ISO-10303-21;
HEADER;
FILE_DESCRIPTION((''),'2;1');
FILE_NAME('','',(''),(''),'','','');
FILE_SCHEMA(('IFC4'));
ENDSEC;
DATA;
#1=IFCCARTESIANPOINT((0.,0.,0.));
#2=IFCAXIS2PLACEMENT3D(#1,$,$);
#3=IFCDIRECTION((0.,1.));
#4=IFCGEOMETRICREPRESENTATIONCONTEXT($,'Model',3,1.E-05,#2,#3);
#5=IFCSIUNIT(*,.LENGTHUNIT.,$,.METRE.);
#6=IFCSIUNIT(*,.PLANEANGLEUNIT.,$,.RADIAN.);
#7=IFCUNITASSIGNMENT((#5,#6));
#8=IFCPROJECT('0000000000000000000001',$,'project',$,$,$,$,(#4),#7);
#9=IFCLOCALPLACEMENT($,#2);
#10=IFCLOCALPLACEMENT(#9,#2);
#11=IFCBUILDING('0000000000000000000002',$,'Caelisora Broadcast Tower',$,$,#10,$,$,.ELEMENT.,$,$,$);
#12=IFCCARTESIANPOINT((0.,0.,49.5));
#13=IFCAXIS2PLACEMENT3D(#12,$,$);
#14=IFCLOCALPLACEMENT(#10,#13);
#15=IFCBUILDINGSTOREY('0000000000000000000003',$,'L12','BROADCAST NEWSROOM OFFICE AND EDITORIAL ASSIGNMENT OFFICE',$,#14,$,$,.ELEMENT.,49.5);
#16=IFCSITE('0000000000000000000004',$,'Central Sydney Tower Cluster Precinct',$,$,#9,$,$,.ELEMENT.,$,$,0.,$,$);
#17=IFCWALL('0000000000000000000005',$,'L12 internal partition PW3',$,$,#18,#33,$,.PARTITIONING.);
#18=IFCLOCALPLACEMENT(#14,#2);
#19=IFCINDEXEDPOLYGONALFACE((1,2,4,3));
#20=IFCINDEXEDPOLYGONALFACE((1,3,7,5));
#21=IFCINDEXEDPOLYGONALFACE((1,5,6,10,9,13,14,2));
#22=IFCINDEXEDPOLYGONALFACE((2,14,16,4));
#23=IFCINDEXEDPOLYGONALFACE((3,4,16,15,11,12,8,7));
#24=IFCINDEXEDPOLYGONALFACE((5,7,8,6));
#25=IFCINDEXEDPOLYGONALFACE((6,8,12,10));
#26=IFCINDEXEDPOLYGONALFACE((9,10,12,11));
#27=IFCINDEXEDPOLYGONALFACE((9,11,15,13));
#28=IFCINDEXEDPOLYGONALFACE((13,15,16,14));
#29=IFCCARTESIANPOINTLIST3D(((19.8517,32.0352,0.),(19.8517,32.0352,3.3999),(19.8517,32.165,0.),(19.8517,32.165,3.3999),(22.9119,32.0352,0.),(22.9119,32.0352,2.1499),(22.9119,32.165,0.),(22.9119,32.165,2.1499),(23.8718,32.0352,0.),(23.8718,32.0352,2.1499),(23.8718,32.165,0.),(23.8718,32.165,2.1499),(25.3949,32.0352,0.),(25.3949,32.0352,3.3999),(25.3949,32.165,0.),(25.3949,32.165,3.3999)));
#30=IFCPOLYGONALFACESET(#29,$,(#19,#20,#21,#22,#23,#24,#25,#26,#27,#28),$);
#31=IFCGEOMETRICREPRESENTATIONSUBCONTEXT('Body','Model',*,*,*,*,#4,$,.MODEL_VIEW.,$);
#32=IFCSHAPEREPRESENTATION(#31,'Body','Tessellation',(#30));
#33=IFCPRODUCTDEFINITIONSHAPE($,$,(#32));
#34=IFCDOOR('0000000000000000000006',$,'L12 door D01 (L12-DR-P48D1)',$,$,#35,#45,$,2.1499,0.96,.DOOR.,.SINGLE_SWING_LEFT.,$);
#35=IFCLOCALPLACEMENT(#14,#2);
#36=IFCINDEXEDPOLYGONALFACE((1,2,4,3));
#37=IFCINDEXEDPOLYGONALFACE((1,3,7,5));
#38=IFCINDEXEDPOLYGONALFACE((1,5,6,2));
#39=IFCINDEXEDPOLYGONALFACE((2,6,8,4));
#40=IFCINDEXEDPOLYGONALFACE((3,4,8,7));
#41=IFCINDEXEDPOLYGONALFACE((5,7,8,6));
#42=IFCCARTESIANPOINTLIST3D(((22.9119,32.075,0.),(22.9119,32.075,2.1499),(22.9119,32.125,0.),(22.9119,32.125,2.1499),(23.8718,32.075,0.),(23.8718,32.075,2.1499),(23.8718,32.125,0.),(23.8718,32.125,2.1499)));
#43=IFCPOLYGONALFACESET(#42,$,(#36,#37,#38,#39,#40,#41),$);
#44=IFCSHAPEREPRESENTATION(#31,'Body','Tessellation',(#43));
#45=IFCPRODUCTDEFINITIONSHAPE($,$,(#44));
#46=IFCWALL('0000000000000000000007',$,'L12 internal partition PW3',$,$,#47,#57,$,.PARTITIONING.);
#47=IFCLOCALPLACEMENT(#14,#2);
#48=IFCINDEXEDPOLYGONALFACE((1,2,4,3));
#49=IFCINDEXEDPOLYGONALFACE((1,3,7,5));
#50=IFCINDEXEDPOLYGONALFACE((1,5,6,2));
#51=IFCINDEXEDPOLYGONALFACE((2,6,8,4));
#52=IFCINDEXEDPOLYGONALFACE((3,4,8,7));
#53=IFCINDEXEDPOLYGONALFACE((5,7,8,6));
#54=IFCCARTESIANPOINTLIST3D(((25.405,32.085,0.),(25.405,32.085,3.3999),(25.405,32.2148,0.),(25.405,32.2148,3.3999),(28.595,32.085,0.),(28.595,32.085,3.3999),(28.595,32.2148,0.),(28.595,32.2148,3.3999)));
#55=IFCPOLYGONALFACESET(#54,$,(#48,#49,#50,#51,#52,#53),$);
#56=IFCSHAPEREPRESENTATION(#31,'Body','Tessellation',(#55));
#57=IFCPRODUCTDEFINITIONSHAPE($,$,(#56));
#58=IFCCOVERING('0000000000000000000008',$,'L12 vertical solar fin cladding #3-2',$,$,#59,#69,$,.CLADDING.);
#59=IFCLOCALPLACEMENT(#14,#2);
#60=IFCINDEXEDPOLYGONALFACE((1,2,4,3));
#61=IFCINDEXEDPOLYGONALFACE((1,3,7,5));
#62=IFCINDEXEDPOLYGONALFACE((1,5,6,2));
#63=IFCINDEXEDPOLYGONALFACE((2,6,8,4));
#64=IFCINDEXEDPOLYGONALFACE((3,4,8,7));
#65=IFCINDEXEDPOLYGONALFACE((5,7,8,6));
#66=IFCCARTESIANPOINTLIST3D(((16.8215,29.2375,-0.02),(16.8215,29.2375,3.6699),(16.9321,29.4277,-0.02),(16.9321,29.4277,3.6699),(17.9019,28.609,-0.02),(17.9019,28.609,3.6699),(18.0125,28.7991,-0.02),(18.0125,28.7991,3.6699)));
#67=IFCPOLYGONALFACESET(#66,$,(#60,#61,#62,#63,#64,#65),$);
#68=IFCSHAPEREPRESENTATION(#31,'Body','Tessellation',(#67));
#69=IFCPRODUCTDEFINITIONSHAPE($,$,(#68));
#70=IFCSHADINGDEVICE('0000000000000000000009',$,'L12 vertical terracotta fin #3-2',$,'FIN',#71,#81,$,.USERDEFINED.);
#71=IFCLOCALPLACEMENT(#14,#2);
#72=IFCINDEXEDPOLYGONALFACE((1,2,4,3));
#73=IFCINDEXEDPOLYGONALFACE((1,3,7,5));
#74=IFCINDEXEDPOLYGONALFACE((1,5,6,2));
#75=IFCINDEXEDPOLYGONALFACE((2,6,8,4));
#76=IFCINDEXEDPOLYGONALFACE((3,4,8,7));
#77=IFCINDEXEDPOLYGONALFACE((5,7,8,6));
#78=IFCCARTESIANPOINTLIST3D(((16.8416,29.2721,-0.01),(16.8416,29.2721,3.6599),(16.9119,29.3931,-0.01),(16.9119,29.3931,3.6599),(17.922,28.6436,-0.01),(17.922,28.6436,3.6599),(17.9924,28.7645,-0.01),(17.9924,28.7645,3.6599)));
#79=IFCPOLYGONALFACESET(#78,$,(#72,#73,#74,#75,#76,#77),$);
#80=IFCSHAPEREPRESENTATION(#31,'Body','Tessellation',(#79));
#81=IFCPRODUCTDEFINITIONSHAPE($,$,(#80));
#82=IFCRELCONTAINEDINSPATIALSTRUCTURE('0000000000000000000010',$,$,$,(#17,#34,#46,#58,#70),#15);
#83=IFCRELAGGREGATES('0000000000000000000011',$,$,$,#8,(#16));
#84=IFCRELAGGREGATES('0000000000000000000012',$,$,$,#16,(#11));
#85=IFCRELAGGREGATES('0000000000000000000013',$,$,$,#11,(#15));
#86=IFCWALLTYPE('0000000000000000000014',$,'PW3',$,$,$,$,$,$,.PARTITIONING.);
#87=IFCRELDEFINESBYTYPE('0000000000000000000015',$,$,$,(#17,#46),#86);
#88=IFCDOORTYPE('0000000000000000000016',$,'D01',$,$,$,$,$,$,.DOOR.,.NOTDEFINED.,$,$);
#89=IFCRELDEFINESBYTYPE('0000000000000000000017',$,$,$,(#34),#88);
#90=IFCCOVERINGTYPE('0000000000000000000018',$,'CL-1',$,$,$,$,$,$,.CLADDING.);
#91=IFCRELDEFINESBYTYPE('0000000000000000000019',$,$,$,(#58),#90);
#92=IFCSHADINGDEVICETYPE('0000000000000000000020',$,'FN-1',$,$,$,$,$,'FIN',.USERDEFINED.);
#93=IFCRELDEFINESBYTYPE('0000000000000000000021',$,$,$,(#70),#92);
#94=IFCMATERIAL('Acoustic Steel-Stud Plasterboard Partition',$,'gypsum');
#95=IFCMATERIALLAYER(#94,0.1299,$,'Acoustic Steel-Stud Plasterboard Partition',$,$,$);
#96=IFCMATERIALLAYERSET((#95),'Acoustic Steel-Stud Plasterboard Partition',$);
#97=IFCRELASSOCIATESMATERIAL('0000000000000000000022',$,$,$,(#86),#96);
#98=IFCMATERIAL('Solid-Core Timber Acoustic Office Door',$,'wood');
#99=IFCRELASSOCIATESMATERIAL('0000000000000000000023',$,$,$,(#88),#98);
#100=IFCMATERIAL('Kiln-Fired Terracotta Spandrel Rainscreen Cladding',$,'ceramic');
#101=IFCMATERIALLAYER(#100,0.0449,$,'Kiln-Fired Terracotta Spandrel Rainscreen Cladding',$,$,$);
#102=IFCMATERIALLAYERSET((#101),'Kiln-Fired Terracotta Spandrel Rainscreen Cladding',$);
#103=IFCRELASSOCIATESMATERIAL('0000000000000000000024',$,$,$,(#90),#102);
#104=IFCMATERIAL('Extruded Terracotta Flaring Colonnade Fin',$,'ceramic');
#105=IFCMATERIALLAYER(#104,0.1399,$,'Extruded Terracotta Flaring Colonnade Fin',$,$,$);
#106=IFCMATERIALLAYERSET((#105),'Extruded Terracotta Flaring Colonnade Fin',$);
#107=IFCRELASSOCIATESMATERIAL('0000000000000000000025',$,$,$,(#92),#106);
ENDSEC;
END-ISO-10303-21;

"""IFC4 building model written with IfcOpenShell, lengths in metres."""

from ifc_helpers import new_model, si_unit, direction, frame, frame_2d, origin, origin_2d, place, context, subcontext, project, spatial, rectangle, extrude, source, transform, mapped, material, layer, layer_set, type_object, type_shapes, element, fill, save


model = new_model("IFC4")

# Units and contexts
model_context = context("Model", 3, precision=1e-05, world=origin(), true_north=direction((0.0, 1.0)))
body_context = subcontext(model_context, "Body", "Model", "MODEL_VIEW")
ifc_project = project(units=[si_unit("LENGTHUNIT", "METRE"), si_unit("PLANEANGLEUNIT", "RADIAN")], contexts=[model_context])

# Site, building, storey
site_placement = place(None, origin())
site = spatial("IfcSite", under=ifc_project, at=site_placement, Name="Central Sydney Tower Cluster Precinct", CompositionType="ELEMENT", RefElevation=0.0)
building_placement = place(site_placement, origin())
building = spatial("IfcBuilding", under=site, at=building_placement, Name="Caelisora Broadcast Tower", CompositionType="ELEMENT")
storey_placement = place(building_placement, frame((0.0, 0.0, 49.5)))
storey = spatial("IfcBuildingStorey", under=building, at=storey_placement, Name="L12", Description="BROADCAST NEWSROOM OFFICE AND EDITORIAL ASSIGNMENT OFFICE", CompositionType="ELEMENT", Elevation=49.5)

# Shared definitions
ifc_material_1 = material(Name="Acoustic Steel-Stud Plasterboard Partition", Category="gypsum")
ifc_layer_1 = layer(ifc_material_1, 0.1299, Name="Acoustic Steel-Stud Plasterboard Partition")
ifc_layer_set_1 = layer_set([ifc_layer_1], Name="Acoustic Steel-Stud Plasterboard Partition")
wall_type_1 = type_object("IfcWallType", Name="PW3", PredefinedType="PARTITIONING", material=ifc_layer_set_1)

# Wall, opening, door
wall_1_placement = place(storey_placement, frame((19.8518, 32.1001, 0.0), z_axis=(0.0, 0.0, 1.0), x_axis=(1.0, 0.0, 0.0)))
wall_1 = element("IfcWall", 1, at=wall_1_placement, inside=storey, type_object=wall_type_1, Name="L12 internal partition PW3", PredefinedType="PARTITIONING", context=body_context, shape_type="SweptSolid", body=[
    extrude(rectangle(XDim=5.5432, YDim=0.1299, at=frame_2d((2.7715, 0.0))), origin(), (0.0, 0.0, 1.0), 3.3999),
])
opening_1_placement = place(wall_1_placement, frame((3.0601, 0.0, 0.0)))
opening_1 = element("IfcOpeningElement", 2, at=opening_1_placement, cuts=wall_1, PredefinedType="OPENING", context=body_context, shape_type="SweptSolid", body=[
    extrude(rectangle(XDim=0.96, YDim=2.1499, at=frame_2d((0.48, 1.075))), frame((0.0, 0.0769, 0.0), z_axis=(0.0, -1.0, 0.0), x_axis=(1.0, 0.0, 0.0)), (0.0, 0.0, 1.0), 0.1538),
])
ifc_material_2 = material(Name="Solid-Core Timber Acoustic Office Door", Category="wood")
door_type_1 = type_object("IfcDoorType", Name="D01", OperationType="NOTDEFINED", PredefinedType="DOOR", material=ifc_material_2)
door_1_placement = place(opening_1_placement, origin())
door_1 = element("IfcDoor", 3, at=door_1_placement, inside=storey, type_object=door_type_1, Name="L12 door D01 (L12-DR-P48D1)", OperationType="SINGLE_SWING_LEFT", OverallHeight=2.1499, OverallWidth=0.96, PredefinedType="DOOR", context=body_context, shape_type="SweptSolid", body=[
    extrude(rectangle(XDim=0.96, YDim=2.1499, at=frame_2d((0.48, 1.075))), frame((0.0, 0.0249, 0.0), z_axis=(0.0, -1.0, 0.0), x_axis=(1.0, 0.0, 0.0)), (0.0, 0.0, 1.0), 0.05),
])
fill(opening_1, door_1)

# Wall
wall_2_placement = place(storey_placement, frame((25.405, 32.1499, 0.0), z_axis=(0.0, 0.0, 1.0), x_axis=(1.0, 0.0, 0.0)))
element("IfcWall", 4, at=wall_2_placement, inside=storey, type_object=wall_type_1, Name="L12 internal partition PW3", PredefinedType="PARTITIONING", context=body_context, shape_type="SweptSolid", body=[
    extrude(rectangle(XDim=3.1899, YDim=0.1299, at=frame_2d((1.595, 0.0))), origin(), (0.0, 0.0, 1.0), 3.3999),
])

# Covering
ifc_material_3 = material(Name="Kiln-Fired Terracotta Spandrel Rainscreen Cladding", Category="ceramic")
ifc_layer_2 = layer(ifc_material_3, 0.0449, Name="Kiln-Fired Terracotta Spandrel Rainscreen Cladding")
ifc_layer_set_2 = layer_set([ifc_layer_2], Name="Kiln-Fired Terracotta Spandrel Rainscreen Cladding")
covering_type = type_object("IfcCoveringType", Name="CL-1", PredefinedType="CLADDING", material=ifc_layer_set_2)
shared_shape_1 = source(origin(), body_context, "Body", "SweptSolid", [
    extrude(rectangle(XDim=0.22, YDim=1.25, at=origin_2d()), origin(), (0.0, 0.0, 1.0), 3.6899),
])
type_shapes(covering_type, [shared_shape_1])
covering_placement = place(storey_placement, frame((17.417, 29.0183, -0.02), z_axis=(0.0, 0.0, 1.0), x_axis=(0.502869, 0.864363, 0.0)))
element("IfcCovering", 5, at=covering_placement, inside=storey, type_object=covering_type, Name="L12 vertical solar fin cladding #3-2", PredefinedType="CLADDING", context=body_context, shape_type="MappedRepresentation", body=[
    mapped(shared_shape_1, transform((0.0, 0.0, 0.0), scale=1.0)),
])

# Shading device
ifc_material_4 = material(Name="Extruded Terracotta Flaring Colonnade Fin", Category="ceramic")
ifc_layer_3 = layer(ifc_material_4, 0.1399, Name="Extruded Terracotta Flaring Colonnade Fin")
ifc_layer_set_3 = layer_set([ifc_layer_3], Name="Extruded Terracotta Flaring Colonnade Fin")
shading_device_type = type_object("IfcShadingDeviceType", Name="FN-1", ElementType="FIN", PredefinedType="USERDEFINED", material=ifc_layer_set_3)
shared_shape_2 = source(origin(), body_context, "Body", "SweptSolid", [
    extrude(rectangle(XDim=0.1399, YDim=1.25, at=origin_2d()), origin(), (0.0, 0.0, 1.0), 3.6699),
])
type_shapes(shading_device_type, [shared_shape_2])
shading_device_placement = place(storey_placement, frame((17.417, 29.0183, -0.01), z_axis=(0.0, 0.0, 1.0), x_axis=(0.502869, 0.864363, 0.0)))
element("IfcShadingDevice", 6, at=shading_device_placement, inside=storey, type_object=shading_device_type, Name="L12 vertical terracotta fin #3-2", ObjectType="FIN", PredefinedType="USERDEFINED", context=body_context, shape_type="MappedRepresentation", body=[
    mapped(shared_shape_2, transform((0.0, 0.0, 0.0), scale=1.0)),
])

save(model, "model.ifc")
